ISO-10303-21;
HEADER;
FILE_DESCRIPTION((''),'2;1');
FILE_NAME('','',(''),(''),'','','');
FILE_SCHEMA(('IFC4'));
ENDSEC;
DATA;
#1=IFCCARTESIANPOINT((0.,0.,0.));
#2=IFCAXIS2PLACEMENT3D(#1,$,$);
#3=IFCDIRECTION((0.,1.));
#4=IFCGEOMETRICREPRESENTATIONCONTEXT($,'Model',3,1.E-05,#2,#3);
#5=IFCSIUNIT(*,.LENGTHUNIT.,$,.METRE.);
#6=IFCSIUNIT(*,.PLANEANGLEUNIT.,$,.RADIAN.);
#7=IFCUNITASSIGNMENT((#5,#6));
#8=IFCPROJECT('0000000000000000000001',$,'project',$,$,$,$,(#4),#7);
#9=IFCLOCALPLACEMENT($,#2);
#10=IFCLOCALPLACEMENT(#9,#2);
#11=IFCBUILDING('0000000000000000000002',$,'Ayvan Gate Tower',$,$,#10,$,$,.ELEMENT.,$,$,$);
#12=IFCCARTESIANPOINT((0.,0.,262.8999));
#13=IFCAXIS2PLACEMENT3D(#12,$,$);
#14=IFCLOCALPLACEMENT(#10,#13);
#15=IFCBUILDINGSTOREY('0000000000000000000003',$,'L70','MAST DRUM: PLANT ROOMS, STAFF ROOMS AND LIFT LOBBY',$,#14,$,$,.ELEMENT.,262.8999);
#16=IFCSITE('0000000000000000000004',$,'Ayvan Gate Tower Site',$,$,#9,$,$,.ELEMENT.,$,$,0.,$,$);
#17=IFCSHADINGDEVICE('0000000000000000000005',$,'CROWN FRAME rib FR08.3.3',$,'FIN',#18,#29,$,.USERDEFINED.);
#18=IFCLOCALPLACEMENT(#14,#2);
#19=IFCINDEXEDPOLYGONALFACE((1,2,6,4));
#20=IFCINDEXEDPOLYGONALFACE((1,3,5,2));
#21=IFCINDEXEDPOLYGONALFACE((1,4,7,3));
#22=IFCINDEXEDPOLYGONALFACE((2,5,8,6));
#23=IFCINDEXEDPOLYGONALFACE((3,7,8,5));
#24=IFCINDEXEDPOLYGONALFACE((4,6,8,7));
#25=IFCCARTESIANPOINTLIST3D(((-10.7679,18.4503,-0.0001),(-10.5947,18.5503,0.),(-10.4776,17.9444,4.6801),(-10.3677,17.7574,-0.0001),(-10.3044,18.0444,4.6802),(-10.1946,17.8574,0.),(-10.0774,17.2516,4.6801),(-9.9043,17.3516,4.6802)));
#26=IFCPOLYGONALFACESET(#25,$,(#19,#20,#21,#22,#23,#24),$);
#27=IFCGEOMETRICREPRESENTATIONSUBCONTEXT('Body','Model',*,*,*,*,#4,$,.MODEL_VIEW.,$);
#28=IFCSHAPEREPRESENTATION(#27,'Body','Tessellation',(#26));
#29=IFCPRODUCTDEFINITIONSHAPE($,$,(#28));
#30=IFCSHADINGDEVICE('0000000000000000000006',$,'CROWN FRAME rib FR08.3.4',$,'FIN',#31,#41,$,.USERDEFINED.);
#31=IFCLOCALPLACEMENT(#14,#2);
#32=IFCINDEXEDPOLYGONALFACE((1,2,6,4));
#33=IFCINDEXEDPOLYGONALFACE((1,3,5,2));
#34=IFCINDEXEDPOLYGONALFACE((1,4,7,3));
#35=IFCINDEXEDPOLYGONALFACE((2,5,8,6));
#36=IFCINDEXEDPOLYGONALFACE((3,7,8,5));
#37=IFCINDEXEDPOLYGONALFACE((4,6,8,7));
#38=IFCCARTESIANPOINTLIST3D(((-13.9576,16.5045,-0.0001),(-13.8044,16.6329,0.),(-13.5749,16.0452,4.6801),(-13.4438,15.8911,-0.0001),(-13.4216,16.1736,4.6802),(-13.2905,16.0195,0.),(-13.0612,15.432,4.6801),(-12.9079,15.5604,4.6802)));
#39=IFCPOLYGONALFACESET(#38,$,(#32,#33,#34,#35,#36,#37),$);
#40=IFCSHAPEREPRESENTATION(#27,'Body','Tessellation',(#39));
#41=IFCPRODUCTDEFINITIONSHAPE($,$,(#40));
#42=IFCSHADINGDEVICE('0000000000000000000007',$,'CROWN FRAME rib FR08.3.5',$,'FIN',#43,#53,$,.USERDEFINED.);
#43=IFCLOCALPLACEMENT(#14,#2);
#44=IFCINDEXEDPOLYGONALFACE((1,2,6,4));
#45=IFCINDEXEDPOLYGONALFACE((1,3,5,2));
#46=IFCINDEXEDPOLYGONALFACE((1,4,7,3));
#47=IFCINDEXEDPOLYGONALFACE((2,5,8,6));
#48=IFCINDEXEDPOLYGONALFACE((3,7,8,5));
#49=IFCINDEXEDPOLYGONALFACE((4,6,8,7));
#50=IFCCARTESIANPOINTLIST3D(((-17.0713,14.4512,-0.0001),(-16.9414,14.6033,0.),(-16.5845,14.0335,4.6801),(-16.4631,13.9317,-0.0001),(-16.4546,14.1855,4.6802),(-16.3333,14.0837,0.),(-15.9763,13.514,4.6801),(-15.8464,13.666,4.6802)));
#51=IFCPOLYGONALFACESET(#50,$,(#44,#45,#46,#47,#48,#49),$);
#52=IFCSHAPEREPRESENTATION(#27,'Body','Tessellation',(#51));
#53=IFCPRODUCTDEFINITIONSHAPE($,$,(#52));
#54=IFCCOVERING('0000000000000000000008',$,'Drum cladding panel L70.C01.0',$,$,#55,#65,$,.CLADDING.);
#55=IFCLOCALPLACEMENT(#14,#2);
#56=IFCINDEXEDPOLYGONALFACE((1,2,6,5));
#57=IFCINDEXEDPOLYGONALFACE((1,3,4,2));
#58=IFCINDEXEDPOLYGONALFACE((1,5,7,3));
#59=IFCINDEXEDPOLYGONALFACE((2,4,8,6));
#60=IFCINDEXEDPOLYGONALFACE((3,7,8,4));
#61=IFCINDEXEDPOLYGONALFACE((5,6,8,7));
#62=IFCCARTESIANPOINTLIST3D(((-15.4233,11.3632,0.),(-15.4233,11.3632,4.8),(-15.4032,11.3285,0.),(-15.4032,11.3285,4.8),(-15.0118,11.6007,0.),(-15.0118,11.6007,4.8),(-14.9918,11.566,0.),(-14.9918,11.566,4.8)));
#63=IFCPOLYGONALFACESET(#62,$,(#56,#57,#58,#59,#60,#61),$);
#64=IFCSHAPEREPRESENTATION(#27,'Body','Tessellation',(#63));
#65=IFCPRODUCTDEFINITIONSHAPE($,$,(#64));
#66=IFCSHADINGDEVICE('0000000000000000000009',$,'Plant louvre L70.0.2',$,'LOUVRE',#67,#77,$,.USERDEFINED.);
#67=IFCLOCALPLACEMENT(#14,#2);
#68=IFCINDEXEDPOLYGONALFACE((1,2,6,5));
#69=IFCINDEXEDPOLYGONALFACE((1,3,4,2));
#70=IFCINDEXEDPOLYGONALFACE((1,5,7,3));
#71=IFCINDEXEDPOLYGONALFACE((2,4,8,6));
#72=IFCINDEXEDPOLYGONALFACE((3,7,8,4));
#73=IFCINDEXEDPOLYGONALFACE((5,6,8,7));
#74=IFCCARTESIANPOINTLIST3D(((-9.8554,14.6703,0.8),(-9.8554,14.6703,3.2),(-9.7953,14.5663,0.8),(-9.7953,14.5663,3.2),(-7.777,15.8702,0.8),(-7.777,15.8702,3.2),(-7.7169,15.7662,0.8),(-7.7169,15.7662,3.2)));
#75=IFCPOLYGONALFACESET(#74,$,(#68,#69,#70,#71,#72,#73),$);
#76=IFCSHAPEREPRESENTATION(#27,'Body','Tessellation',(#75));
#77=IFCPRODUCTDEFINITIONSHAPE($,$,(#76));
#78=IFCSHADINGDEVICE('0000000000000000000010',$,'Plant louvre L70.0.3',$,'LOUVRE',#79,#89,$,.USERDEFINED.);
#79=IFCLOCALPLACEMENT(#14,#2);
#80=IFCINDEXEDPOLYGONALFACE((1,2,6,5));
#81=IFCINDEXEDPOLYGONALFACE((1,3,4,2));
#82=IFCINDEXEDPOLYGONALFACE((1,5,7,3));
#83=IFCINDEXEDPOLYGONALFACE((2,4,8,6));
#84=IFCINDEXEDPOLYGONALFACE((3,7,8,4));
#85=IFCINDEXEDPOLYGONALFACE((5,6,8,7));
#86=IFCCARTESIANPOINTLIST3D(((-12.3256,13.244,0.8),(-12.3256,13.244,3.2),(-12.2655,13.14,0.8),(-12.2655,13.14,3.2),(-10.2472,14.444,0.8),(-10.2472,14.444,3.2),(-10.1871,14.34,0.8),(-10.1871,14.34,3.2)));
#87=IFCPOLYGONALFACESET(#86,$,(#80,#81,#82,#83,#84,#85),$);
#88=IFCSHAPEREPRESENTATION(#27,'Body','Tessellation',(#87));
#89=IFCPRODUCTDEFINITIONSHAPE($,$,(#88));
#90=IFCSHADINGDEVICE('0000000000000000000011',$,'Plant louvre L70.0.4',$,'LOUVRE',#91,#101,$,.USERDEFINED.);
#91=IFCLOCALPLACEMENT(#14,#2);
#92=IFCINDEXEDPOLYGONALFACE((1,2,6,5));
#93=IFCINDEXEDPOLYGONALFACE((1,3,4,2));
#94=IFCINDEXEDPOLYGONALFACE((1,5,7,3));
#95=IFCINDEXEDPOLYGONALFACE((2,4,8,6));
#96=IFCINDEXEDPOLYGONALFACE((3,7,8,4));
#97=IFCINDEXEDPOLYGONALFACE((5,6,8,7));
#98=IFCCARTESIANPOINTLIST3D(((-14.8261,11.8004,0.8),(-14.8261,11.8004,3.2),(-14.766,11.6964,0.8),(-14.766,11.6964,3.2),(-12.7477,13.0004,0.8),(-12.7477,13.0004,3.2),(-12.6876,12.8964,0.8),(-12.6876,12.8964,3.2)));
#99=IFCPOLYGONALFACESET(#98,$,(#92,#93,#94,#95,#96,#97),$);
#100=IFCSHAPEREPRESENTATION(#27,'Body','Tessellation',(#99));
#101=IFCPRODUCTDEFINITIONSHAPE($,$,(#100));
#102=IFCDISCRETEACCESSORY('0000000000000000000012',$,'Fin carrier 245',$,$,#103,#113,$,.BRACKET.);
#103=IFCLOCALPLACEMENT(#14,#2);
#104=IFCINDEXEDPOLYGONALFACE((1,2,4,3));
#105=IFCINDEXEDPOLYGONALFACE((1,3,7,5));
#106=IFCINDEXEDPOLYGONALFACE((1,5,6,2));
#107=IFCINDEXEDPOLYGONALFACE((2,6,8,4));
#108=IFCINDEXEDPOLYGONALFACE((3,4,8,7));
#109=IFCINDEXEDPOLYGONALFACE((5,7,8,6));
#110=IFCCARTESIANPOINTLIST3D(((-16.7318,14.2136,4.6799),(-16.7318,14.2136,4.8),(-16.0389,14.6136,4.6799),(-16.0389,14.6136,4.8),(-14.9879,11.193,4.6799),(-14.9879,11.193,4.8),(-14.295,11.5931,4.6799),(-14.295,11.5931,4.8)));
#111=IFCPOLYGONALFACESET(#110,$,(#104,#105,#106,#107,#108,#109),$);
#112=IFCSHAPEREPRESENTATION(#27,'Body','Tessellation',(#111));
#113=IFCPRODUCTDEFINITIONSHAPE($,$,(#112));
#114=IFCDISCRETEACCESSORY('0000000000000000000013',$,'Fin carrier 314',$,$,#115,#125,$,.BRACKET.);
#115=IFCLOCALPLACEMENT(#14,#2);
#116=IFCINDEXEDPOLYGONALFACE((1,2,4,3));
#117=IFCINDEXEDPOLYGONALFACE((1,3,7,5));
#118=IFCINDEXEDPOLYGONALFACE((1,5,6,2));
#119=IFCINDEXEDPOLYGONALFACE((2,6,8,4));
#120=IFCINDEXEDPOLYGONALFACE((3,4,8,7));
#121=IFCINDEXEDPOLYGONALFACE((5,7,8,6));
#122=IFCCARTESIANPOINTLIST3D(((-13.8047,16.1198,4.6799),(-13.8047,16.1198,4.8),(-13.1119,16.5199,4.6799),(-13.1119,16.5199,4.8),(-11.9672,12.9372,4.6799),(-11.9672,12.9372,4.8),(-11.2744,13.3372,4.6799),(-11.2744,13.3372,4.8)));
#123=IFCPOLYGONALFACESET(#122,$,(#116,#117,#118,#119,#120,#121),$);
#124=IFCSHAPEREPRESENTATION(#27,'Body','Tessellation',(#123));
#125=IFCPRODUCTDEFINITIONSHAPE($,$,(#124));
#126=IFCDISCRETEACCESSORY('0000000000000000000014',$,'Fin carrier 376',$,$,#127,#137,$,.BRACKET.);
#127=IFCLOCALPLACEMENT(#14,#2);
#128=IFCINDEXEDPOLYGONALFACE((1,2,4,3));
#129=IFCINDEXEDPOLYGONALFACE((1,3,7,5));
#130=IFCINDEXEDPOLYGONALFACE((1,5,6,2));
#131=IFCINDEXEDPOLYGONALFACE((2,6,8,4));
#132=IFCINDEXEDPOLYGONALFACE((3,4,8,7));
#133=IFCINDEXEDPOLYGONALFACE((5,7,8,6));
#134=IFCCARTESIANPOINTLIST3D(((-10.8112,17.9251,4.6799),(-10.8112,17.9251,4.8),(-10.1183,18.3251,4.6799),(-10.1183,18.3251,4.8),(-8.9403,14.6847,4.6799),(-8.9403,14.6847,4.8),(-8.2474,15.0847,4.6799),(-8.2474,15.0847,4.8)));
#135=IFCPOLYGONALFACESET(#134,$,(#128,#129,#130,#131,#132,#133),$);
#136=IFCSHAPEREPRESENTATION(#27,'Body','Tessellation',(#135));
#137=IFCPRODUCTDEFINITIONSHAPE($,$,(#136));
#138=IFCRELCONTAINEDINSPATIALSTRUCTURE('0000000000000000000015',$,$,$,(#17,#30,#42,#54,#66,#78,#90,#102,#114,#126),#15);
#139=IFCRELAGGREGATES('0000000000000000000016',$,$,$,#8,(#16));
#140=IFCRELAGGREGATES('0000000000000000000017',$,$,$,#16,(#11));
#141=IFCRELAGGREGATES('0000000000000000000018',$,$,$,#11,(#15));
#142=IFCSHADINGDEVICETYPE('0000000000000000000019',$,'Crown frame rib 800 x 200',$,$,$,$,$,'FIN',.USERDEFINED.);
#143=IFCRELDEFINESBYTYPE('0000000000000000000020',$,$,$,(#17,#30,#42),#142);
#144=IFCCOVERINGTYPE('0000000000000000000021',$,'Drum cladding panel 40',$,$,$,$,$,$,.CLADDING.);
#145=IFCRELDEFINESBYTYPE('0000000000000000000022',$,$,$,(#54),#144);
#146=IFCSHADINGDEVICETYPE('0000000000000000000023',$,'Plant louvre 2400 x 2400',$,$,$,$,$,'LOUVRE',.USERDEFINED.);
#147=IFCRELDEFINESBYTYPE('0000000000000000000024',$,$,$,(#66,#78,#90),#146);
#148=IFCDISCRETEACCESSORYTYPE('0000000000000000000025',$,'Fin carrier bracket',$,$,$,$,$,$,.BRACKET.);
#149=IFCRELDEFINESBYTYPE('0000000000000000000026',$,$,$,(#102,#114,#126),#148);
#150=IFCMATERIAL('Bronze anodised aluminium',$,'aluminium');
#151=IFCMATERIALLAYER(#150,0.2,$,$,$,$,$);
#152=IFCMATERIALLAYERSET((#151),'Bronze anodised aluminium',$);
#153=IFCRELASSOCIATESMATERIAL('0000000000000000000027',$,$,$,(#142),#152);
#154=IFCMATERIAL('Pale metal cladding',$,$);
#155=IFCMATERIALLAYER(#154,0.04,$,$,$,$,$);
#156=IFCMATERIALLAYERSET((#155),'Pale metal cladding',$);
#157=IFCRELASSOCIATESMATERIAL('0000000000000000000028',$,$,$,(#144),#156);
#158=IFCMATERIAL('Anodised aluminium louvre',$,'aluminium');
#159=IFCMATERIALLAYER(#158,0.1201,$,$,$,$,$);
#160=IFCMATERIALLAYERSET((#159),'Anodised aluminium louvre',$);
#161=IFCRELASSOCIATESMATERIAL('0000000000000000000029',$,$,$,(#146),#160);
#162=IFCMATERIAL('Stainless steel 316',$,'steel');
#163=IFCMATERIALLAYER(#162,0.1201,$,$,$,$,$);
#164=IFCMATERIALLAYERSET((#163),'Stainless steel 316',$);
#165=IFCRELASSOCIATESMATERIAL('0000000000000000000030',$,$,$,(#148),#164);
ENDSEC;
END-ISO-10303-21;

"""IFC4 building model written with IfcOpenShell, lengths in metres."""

from ifc_helpers import new_model, si_unit, direction, frame, origin, origin_2d, place, context, subcontext, project, spatial, polyline, rectangle, outline, extrude, material, layer, layer_set, type_object, element, save


model = new_model("IFC4")

# Units and contexts
model_context = context("Model", 3, precision=1e-05, world=origin(), true_north=direction((0.0, 1.0)))
body_context = subcontext(model_context, "Body", "Model", "MODEL_VIEW")
ifc_project = project(units=[si_unit("LENGTHUNIT", "METRE"), si_unit("PLANEANGLEUNIT", "RADIAN")], contexts=[model_context])

# Site, building, storey
site_placement = place(None, origin())
site = spatial("IfcSite", under=ifc_project, at=site_placement, Name="Ayvan Gate Tower Site", CompositionType="ELEMENT", RefElevation=0.0)
building_placement = place(site_placement, origin())
building = spatial("IfcBuilding", under=site, at=building_placement, Name="Ayvan Gate Tower", CompositionType="ELEMENT")
storey_placement = place(building_placement, frame((0.0, 0.0, 262.8999)))
storey = spatial("IfcBuildingStorey", under=building, at=storey_placement, Name="L70", Description="MAST DRUM: PLANT ROOMS, STAFF ROOMS AND LIFT LOBBY", CompositionType="ELEMENT", Elevation=262.8999)

# Shared definitions
ifc_material_1 = material(Name="Anodised aluminium louvre", Category="aluminium")

# Shading devices
ifc_material_2 = material(Name="Bronze anodised aluminium", Category="aluminium")
ifc_layer_1 = layer(ifc_material_2, 0.2)
ifc_layer_set_1 = layer_set([ifc_layer_1], Name="Bronze anodised aluminium")
shading_device_type_1 = type_object("IfcShadingDeviceType", Name="Crown frame rib 800 x 200", ElementType="FIN", PredefinedType="USERDEFINED", material=ifc_layer_set_1)
shading_device_1_placement = place(storey_placement, frame((-10.1946, 17.8574, 0.0), z_axis=(0.865962, 0.50011, 0.000344), x_axis=(-0.50011, 0.865962, 0.0)))
element("IfcShadingDevice", 1, at=shading_device_1_placement, inside=storey, type_object=shading_device_type_1, Name="CROWN FRAME rib FR08.3.3", ObjectType="FIN", PredefinedType="USERDEFINED", context=body_context, shape_type="SweptSolid", body=[
    extrude(outline(polyline([(0.0, 0.0), (0.8001, 0.0), (0.2169, 4.6802), (-0.5832, 4.6802), (0.0, 0.0)])), origin(), (0.0, 0.0, -1.0), 0.2),
])
shading_device_2_placement = place(storey_placement, frame((-13.2905, 16.0195, 0.0), z_axis=(0.766543, 0.642193, 0.000334), x_axis=(-0.642193, 0.766543, 0.0)))
element("IfcShadingDevice", 2, at=shading_device_2_placement, inside=storey, type_object=shading_device_type_1, Name="CROWN FRAME rib FR08.3.4", ObjectType="FIN", PredefinedType="USERDEFINED", context=body_context, shape_type="SweptSolid", body=[
    extrude(outline(polyline([(0.0, 0.0), (0.8001, 0.0), (0.2023, 4.6802), (-0.5977, 4.6802), (0.0, 0.0)])), origin(), (0.0, 0.0, -1.0), 0.2),
])
shading_device_3_placement = place(storey_placement, frame((-16.3333, 14.0837, 0.0), z_axis=(0.649534, 0.760333, 0.0003), x_axis=(-0.760333, 0.649534, 0.0)))
element("IfcShadingDevice", 3, at=shading_device_3_placement, inside=storey, type_object=shading_device_type_1, Name="CROWN FRAME rib FR08.3.5", ObjectType="FIN", PredefinedType="USERDEFINED", context=body_context, shape_type="SweptSolid", body=[
    extrude(outline(polyline([(0.0, 0.0), (0.7999, 0.0), (0.1584, 4.6802), (-0.6415, 4.6802), (0.0, 0.0)])), origin(), (0.0, 0.0, -1.0), 0.2),
])

# Covering
ifc_material_3 = material(Name="Pale metal cladding")
ifc_layer_2 = layer(ifc_material_3, 0.04)
ifc_layer_set_2 = layer_set([ifc_layer_2], Name="Pale metal cladding")
covering_type = type_object("IfcCoveringType", Name="Drum cladding panel 40", PredefinedType="CLADDING", material=ifc_layer_set_2)
covering_placement = place(storey_placement, frame((-15.2075, 11.4646, 0.0), z_axis=(0.0, 0.0, 1.0), x_axis=(-0.866025, -0.5, 0.0)))
element("IfcCovering", 4, at=covering_placement, inside=storey, type_object=covering_type, Name="Drum cladding panel L70.C01.0", PredefinedType="CLADDING", context=body_context, shape_type="SweptSolid", body=[
    extrude(rectangle(XDim=0.4751, YDim=0.04, at=origin_2d()), origin(), (0.0, 0.0, 1.0), 4.8),
])

# Shading devices
ifc_layer_3 = layer(ifc_material_1, 0.1201)
ifc_layer_set_3 = layer_set([ifc_layer_3], Name="Anodised aluminium louvre")
shading_device_type_2 = type_object("IfcShadingDeviceType", Name="Plant louvre 2400 x 2400", ElementType="LOUVRE", PredefinedType="USERDEFINED", material=ifc_layer_set_3)
for number, where, z_axis, x_axis, name in (
    (5, (-8.7861, 15.2183, 0.8), (0.0, 0.0, 1.0), (-0.866025, -0.5, 0.0), "Plant louvre L70.0.2"),
    (6, (-11.2563, 13.792, 0.8), (0.0, 0.0, 1.0), (-0.866025, -0.5, 0.0), "Plant louvre L70.0.3"),
    (7, (-13.7568, 12.3484, 0.8), (0.0, 0.0, 1.0), (-0.866025, -0.5, 0.0), "Plant louvre L70.0.4"),
):
    element("IfcShadingDevice", number, at=place(storey_placement, frame(where, z_axis=z_axis, x_axis=x_axis)), inside=storey, type_object=shading_device_type_2, Name=name, ObjectType="LOUVRE", PredefinedType="USERDEFINED", context=body_context, shape_type="SweptSolid", body=[
        extrude(rectangle(XDim=2.3999, YDim=0.1201, at=origin_2d()), origin(), (0.0, 0.0, 1.0), 2.3999),
    ])

# Discrete accessories
ifc_material_4 = material(Name="Stainless steel 316", Category="steel")
ifc_layer_4 = layer(ifc_material_4, 0.1201)
ifc_layer_set_4 = layer_set([ifc_layer_4], Name="Stainless steel 316")
discrete_accessory_type = type_object("IfcDiscreteAccessoryType", Name="Fin carrier bracket", PredefinedType="BRACKET", material=ifc_layer_set_4)
discrete_accessory_1_placement = place(storey_placement, frame((-15.5134, 12.9033, 4.6799), z_axis=(0.0, 0.0, 1.0), x_axis=(-0.866025, -0.5, 0.0)))
element("IfcDiscreteAccessory", 8, at=discrete_accessory_1_placement, inside=storey, type_object=discrete_accessory_type, Name="Fin carrier 245", PredefinedType="BRACKET", context=body_context, shape_type="SweptSolid", body=[
    extrude(rectangle(XDim=0.8, YDim=3.4878, at=origin_2d()), origin(), (0.0, 0.0, 1.0), 0.1201),
])
discrete_accessory_2_placement = place(storey_placement, frame((-12.5396, 14.7285, 4.6799), z_axis=(0.0, 0.0, 1.0), x_axis=(-0.866025, -0.5, 0.0)))
element("IfcDiscreteAccessory", 9, at=discrete_accessory_2_placement, inside=storey, type_object=discrete_accessory_type, Name="Fin carrier 314", PredefinedType="BRACKET", context=body_context, shape_type="SweptSolid", body=[
    extrude(rectangle(XDim=0.8, YDim=3.675, at=origin_2d()), origin(), (0.0, 0.0, 1.0), 0.1201),
])
discrete_accessory_3_placement = place(storey_placement, frame((-9.5293, 16.5049, 4.6799), z_axis=(0.0, 0.0, 1.0), x_axis=(-0.866025, -0.5, 0.0)))
element("IfcDiscreteAccessory", 10, at=discrete_accessory_3_placement, inside=storey, type_object=discrete_accessory_type, Name="Fin carrier 376", PredefinedType="BRACKET", context=body_context, shape_type="SweptSolid", body=[
    extrude(rectangle(XDim=0.8, YDim=3.7417, at=origin_2d()), origin(), (0.0, 0.0, 1.0), 0.1201),
])

save(model, "model.ifc")
